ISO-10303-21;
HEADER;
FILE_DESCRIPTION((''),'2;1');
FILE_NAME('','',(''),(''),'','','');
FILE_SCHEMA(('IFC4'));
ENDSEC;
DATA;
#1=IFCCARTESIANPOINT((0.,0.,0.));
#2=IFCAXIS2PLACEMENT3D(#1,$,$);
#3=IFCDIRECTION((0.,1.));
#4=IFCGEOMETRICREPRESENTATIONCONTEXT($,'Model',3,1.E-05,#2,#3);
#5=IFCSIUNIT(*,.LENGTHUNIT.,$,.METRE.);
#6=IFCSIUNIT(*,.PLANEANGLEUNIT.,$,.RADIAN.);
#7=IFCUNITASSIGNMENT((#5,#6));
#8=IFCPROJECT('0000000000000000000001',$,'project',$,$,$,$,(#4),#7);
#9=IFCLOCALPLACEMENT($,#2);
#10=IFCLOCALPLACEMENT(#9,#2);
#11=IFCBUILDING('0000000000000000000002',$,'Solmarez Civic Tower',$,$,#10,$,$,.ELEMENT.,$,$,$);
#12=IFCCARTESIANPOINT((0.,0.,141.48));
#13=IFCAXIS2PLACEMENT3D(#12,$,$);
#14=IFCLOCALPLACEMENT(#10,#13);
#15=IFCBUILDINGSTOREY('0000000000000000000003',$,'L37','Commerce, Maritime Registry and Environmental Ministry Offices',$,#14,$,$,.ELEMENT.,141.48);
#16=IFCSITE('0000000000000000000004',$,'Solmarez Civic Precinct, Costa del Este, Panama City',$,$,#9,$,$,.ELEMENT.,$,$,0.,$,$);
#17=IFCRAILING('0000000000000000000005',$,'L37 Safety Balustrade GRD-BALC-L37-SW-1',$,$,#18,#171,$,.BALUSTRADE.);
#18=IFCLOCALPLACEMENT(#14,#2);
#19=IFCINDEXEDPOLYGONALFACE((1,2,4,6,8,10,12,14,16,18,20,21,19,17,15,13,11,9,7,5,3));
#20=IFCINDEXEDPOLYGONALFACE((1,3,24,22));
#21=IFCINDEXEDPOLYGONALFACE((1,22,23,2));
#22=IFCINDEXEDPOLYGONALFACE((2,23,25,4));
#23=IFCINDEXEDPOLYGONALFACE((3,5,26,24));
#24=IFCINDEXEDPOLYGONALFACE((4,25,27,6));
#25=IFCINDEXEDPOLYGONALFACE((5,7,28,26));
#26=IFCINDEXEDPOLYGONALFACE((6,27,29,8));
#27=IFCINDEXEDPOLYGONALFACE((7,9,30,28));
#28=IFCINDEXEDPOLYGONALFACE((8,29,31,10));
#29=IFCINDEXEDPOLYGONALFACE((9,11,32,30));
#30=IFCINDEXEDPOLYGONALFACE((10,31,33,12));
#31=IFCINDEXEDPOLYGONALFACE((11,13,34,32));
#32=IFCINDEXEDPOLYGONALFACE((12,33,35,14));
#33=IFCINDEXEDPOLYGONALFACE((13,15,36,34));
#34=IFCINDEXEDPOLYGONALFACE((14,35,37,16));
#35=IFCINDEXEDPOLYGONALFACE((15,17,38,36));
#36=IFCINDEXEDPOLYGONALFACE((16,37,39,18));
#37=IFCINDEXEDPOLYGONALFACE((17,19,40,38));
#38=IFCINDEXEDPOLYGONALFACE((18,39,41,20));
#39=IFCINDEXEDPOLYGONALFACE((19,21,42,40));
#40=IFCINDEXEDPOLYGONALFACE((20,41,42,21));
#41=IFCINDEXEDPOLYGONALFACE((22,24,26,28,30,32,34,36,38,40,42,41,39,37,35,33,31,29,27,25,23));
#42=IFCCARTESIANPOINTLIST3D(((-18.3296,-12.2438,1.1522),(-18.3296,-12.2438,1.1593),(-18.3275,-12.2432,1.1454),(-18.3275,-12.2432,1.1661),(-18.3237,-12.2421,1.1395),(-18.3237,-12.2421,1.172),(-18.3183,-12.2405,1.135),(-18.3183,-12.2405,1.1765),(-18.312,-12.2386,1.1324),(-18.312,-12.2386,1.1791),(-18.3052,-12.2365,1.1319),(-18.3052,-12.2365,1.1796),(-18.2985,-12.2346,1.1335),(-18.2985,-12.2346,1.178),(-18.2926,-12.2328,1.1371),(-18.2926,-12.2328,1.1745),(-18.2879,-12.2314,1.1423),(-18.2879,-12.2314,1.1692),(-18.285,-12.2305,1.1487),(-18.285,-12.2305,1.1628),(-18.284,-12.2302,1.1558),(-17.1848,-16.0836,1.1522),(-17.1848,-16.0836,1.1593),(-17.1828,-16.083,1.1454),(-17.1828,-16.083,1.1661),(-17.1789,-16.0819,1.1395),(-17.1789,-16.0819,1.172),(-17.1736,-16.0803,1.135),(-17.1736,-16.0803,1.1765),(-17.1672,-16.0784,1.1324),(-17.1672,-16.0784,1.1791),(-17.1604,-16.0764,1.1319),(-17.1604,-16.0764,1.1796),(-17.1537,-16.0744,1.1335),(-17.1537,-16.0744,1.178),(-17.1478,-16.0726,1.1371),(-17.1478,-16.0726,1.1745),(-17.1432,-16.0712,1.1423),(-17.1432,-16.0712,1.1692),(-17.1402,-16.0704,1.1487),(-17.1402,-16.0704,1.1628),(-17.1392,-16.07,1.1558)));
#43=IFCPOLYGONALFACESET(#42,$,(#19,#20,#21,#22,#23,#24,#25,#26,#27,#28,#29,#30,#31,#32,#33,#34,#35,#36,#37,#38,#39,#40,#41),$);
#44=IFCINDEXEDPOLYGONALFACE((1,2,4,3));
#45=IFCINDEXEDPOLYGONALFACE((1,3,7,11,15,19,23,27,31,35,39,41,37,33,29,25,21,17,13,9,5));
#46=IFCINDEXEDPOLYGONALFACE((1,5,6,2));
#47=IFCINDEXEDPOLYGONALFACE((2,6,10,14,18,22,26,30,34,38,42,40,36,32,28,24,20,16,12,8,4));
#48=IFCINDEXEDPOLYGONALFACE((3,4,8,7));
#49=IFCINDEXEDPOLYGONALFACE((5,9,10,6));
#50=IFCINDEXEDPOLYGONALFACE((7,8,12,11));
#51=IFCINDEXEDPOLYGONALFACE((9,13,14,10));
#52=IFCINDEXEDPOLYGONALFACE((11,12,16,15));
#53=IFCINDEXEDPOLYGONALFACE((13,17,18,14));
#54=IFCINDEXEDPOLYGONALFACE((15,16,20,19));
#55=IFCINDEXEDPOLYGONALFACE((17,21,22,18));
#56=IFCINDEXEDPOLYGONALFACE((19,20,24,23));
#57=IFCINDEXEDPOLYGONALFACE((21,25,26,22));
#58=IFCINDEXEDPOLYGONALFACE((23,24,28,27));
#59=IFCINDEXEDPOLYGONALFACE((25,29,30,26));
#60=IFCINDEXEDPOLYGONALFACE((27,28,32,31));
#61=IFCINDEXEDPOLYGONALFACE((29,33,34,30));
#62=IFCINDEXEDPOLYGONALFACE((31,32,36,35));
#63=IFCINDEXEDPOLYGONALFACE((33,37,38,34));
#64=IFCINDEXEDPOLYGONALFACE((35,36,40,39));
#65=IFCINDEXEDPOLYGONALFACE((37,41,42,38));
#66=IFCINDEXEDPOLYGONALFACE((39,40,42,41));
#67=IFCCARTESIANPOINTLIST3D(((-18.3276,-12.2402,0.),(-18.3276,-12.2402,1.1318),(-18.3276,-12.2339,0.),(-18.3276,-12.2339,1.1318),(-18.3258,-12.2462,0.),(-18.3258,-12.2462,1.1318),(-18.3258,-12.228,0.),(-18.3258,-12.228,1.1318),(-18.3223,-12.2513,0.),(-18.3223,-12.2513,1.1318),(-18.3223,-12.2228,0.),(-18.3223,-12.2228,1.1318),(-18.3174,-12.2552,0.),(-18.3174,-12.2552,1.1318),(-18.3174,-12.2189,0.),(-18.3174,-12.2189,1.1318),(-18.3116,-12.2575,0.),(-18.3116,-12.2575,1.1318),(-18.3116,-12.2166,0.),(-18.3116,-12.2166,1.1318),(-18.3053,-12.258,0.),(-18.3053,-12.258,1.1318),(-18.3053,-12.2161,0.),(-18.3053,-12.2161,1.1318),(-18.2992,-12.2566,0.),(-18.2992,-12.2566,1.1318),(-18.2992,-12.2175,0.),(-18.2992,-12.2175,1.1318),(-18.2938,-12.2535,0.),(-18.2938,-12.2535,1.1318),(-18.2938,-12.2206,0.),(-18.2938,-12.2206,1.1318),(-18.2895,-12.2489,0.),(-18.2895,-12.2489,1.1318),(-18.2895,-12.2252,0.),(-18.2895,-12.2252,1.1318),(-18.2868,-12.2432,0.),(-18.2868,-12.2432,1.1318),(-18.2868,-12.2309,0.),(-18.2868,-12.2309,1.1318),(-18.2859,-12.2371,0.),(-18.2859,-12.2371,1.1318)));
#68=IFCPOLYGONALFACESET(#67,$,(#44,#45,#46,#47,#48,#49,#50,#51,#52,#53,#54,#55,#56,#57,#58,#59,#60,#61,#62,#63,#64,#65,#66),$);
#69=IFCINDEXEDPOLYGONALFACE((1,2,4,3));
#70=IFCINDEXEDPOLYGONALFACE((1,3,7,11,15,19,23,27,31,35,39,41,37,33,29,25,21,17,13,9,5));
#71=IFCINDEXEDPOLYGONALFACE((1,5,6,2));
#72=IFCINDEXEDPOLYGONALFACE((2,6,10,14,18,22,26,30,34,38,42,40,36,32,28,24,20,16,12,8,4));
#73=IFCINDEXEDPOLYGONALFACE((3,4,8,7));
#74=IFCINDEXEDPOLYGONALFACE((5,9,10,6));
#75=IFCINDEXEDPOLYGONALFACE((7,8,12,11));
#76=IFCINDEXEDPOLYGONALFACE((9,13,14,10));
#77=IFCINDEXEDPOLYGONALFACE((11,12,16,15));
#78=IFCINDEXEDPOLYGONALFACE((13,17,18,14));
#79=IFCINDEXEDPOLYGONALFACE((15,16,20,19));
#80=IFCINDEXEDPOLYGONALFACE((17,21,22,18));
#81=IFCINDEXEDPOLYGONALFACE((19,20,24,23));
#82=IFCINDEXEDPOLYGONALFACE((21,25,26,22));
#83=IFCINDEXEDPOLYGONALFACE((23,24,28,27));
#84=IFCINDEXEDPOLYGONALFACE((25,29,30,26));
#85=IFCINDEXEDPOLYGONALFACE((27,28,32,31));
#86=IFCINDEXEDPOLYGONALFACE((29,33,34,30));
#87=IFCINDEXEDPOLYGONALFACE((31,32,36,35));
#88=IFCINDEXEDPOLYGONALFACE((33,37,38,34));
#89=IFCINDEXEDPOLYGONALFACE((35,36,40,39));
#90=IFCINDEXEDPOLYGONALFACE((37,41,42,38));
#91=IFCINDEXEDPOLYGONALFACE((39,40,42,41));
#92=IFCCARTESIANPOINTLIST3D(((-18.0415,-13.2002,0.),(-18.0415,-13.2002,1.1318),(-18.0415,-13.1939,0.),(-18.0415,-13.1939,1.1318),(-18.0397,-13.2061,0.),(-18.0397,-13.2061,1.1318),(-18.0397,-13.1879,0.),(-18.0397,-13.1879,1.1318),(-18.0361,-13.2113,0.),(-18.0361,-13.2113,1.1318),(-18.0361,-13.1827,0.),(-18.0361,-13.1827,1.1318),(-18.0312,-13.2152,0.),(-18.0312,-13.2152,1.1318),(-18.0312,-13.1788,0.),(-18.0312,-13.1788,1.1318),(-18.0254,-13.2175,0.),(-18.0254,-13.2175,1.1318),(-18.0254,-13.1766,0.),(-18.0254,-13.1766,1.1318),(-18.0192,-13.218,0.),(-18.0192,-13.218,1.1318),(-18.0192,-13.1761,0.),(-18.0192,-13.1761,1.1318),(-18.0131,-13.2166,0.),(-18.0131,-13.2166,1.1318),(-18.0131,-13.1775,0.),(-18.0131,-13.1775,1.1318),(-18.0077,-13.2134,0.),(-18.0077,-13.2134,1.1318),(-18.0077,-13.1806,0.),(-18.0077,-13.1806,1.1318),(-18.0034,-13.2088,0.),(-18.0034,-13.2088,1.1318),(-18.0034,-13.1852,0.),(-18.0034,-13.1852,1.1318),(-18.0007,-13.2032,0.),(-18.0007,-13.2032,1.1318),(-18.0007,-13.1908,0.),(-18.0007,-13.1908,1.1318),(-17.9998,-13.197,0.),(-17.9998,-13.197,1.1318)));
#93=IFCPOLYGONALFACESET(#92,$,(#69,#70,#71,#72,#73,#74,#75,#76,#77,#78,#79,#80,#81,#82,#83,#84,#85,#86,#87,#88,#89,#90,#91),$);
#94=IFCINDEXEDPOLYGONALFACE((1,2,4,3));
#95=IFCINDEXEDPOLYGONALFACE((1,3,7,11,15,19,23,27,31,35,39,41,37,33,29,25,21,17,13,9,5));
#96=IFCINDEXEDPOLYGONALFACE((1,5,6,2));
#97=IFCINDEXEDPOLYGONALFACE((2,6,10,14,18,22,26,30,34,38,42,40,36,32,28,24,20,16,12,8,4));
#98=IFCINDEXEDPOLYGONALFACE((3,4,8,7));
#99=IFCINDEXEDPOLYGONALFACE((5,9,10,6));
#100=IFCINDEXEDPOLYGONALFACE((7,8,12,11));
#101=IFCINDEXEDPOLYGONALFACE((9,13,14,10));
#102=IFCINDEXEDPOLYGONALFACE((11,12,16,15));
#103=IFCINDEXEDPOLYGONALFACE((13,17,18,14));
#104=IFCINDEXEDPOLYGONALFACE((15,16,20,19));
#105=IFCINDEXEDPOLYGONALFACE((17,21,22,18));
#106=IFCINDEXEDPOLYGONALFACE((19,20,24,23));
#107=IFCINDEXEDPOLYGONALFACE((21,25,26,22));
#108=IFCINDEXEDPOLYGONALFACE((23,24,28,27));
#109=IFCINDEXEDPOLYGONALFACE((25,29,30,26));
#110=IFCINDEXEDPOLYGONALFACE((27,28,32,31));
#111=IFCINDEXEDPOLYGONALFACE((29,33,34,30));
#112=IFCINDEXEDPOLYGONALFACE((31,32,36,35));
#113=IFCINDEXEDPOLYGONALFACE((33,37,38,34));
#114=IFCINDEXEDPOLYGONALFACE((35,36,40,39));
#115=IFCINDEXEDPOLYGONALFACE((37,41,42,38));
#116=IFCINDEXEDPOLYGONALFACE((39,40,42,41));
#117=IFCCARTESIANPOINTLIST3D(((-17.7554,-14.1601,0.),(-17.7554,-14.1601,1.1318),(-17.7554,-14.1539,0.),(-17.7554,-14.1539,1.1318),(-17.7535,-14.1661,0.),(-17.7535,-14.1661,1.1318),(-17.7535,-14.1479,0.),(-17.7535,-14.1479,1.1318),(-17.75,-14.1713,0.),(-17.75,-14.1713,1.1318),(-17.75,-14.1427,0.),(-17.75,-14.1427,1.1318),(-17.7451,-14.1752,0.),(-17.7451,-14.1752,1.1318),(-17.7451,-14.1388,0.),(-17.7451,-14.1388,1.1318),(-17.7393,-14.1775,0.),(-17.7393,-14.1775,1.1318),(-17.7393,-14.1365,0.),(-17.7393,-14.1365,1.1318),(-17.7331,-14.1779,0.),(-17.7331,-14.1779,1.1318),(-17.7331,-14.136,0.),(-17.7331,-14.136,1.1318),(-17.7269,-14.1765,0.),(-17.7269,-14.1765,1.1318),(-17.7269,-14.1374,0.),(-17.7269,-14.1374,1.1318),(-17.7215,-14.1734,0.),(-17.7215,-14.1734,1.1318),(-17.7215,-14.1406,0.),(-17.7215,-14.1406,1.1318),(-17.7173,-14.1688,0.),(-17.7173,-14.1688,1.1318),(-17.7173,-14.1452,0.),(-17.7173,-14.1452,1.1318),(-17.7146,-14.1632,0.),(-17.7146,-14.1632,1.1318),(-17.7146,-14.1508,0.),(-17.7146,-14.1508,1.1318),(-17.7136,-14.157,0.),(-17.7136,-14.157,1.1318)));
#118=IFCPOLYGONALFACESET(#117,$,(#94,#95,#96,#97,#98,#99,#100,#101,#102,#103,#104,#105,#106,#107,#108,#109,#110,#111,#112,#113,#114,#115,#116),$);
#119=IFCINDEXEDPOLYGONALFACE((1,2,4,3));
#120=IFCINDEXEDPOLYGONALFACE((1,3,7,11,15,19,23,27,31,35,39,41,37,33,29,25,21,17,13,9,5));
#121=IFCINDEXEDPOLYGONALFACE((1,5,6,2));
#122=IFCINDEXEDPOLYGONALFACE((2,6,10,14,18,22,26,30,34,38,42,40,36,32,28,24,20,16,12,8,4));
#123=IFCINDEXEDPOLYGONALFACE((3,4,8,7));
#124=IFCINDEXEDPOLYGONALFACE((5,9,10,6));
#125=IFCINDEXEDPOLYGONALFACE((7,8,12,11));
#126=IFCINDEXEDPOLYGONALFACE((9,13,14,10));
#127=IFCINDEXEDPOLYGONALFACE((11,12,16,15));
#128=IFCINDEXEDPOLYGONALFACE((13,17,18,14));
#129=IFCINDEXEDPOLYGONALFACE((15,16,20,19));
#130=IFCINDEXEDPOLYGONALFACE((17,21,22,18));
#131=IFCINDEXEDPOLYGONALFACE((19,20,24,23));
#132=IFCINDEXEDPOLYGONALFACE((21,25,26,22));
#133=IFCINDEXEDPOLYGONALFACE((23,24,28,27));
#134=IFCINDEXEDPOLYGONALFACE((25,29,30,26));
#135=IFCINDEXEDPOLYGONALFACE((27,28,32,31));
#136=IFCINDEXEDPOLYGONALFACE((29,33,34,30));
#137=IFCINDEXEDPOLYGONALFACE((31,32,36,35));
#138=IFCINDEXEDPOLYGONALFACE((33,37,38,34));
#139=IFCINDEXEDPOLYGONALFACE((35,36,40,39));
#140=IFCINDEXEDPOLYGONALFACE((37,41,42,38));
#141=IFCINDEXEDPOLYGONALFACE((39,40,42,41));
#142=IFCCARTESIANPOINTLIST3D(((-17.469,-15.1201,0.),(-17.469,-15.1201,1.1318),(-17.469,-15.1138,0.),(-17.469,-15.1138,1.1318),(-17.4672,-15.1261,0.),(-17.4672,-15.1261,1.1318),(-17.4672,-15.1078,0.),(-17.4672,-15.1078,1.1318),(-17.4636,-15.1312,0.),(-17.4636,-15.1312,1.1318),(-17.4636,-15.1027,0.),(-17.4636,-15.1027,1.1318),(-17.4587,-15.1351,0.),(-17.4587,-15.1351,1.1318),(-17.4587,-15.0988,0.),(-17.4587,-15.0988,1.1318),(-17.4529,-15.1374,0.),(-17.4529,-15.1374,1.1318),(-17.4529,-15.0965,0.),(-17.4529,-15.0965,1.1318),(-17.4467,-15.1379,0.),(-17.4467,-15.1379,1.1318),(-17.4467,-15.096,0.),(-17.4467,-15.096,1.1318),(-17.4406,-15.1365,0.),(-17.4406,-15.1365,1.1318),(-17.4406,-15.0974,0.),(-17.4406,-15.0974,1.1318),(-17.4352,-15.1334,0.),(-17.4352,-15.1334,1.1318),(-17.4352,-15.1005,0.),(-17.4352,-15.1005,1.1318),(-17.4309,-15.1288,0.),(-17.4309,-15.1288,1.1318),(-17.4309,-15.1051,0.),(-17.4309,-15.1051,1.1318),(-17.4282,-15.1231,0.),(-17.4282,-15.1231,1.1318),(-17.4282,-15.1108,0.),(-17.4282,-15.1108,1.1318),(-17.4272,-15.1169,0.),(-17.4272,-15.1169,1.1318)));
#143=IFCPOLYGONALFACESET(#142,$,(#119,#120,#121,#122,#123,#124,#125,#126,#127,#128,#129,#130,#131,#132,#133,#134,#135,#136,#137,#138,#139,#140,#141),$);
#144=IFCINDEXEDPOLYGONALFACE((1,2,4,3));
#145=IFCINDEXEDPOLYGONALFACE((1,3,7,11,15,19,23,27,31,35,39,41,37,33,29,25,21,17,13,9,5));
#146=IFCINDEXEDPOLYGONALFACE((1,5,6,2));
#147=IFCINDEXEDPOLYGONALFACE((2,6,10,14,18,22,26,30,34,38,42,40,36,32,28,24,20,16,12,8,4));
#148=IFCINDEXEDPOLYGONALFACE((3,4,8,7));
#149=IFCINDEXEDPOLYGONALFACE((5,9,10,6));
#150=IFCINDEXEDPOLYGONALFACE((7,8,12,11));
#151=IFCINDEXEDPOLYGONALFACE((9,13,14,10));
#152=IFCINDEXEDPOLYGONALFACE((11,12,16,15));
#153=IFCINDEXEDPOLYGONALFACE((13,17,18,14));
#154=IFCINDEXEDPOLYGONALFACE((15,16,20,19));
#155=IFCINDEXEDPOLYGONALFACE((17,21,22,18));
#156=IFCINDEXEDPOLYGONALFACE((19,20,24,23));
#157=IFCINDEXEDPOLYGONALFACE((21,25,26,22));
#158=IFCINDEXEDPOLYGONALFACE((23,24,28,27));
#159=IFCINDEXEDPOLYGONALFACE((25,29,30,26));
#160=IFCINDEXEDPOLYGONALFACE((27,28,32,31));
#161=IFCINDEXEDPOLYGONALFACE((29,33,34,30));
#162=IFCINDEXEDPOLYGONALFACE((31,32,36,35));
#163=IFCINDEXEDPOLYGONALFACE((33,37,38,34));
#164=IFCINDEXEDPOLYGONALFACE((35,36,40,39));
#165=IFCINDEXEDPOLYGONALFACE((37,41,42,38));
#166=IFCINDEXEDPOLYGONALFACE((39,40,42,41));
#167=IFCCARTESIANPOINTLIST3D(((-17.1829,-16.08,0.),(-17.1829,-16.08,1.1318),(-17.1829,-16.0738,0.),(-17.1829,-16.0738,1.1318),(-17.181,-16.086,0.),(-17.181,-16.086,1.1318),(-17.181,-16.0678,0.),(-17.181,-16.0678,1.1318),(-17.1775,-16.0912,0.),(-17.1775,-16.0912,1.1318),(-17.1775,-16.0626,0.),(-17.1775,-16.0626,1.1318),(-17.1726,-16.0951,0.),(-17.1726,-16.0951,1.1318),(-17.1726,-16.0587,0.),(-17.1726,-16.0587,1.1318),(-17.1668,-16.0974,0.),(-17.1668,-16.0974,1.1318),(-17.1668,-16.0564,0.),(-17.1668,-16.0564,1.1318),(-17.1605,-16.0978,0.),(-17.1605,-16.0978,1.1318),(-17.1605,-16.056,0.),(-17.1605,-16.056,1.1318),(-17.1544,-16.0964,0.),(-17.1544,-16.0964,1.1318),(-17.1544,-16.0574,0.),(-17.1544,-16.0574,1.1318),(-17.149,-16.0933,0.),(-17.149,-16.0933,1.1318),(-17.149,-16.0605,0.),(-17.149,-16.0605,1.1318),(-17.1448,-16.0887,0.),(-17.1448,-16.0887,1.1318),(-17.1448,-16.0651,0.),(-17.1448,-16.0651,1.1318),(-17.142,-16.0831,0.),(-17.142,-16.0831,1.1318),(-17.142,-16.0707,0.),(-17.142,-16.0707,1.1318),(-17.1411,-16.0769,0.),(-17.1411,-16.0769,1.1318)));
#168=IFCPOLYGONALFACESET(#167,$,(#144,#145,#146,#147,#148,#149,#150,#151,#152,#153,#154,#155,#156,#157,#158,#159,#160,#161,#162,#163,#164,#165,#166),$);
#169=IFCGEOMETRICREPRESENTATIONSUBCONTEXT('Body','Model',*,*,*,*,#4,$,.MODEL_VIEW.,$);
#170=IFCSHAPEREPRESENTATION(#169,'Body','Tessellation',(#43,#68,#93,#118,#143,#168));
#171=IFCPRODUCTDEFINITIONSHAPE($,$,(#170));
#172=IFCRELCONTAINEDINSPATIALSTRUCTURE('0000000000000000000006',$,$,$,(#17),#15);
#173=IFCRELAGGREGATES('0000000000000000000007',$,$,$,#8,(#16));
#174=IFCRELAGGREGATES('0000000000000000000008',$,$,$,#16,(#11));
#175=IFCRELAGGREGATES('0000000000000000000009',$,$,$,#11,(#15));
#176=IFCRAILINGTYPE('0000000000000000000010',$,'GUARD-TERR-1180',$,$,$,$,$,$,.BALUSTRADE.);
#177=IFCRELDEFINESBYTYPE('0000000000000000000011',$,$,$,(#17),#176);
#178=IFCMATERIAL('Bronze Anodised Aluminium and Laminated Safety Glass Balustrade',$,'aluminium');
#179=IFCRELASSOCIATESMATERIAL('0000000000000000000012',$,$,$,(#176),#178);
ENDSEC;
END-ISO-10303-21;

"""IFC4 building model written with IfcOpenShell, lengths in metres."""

from ifc_helpers import new_model, si_unit, direction, frame, origin, origin_2d, place, context, subcontext, project, spatial, circle, extrude, material, type_object, element, save


model = new_model("IFC4")

# Units and contexts
model_context = context("Model", 3, precision=1e-05, world=origin(), true_north=direction((0.0, 1.0)))
body_context = subcontext(model_context, "Body", "Model", "MODEL_VIEW")
ifc_project = project(units=[si_unit("LENGTHUNIT", "METRE"), si_unit("PLANEANGLEUNIT", "RADIAN")], contexts=[model_context])

# Site, building, storey
site_placement = place(None, origin())
site = spatial("IfcSite", under=ifc_project, at=site_placement, Name="Solmarez Civic Precinct, Costa del Este, Panama City", CompositionType="ELEMENT", RefElevation=0.0)
building_placement = place(site_placement, origin())
building = spatial("IfcBuilding", under=site, at=building_placement, Name="Solmarez Civic Tower", CompositionType="ELEMENT")
storey_placement = place(building_placement, frame((0.0, 0.0, 141.48)))
storey = spatial("IfcBuildingStorey", under=building, at=storey_placement, Name="L37", Description="Commerce, Maritime Registry and Environmental Ministry Offices", CompositionType="ELEMENT", Elevation=141.48)

# Railing
ifc_material_1 = material(Name="Bronze Anodised Aluminium and Laminated Safety Glass Balustrade", Category="aluminium")
railing_type = type_object("IfcRailingType", Name="GUARD-TERR-1180", PredefinedType="BALUSTRADE", material=ifc_material_1)
railing_1_placement = place(storey_placement, frame((-18.3069, -12.2371, 0.0)))
element("IfcRailing", 1, at=railing_1_placement, inside=storey, type_object=railing_type, Name="L37 Safety Balustrade GRD-BALC-L37-SW-1", PredefinedType="BALUSTRADE", context=body_context, shape_type="SweptSolid", body=[
    extrude(circle(Radius=0.0239, at=origin_2d()), frame((0.0, 0.0, 1.1558), z_axis=(0.285704, -0.958318, 0.0), x_axis=(0.958318, 0.285704, 0.0)), (0.0, 0.0, 1.0), 4.0068),
    extrude(circle(Radius=0.021, at=origin_2d()), origin(), (0.0, 0.0, 1.0), 1.1318),
    extrude(circle(Radius=0.021, at=origin_2d()), frame((0.2861, -0.96, 0.0)), (0.0, 0.0, 1.0), 1.1318),
    extrude(circle(Radius=0.021, at=origin_2d()), frame((0.5723, -1.9199, 0.0)), (0.0, 0.0, 1.0), 1.1318),
    extrude(circle(Radius=0.021, at=origin_2d()), frame((0.8586, -2.8799, 0.0)), (0.0, 0.0, 1.0), 1.1318),
    extrude(circle(Radius=0.021, at=origin_2d()), frame((1.1448, -3.8398, 0.0)), (0.0, 0.0, 1.0), 1.1318),
])

save(model, "model.ifc")
